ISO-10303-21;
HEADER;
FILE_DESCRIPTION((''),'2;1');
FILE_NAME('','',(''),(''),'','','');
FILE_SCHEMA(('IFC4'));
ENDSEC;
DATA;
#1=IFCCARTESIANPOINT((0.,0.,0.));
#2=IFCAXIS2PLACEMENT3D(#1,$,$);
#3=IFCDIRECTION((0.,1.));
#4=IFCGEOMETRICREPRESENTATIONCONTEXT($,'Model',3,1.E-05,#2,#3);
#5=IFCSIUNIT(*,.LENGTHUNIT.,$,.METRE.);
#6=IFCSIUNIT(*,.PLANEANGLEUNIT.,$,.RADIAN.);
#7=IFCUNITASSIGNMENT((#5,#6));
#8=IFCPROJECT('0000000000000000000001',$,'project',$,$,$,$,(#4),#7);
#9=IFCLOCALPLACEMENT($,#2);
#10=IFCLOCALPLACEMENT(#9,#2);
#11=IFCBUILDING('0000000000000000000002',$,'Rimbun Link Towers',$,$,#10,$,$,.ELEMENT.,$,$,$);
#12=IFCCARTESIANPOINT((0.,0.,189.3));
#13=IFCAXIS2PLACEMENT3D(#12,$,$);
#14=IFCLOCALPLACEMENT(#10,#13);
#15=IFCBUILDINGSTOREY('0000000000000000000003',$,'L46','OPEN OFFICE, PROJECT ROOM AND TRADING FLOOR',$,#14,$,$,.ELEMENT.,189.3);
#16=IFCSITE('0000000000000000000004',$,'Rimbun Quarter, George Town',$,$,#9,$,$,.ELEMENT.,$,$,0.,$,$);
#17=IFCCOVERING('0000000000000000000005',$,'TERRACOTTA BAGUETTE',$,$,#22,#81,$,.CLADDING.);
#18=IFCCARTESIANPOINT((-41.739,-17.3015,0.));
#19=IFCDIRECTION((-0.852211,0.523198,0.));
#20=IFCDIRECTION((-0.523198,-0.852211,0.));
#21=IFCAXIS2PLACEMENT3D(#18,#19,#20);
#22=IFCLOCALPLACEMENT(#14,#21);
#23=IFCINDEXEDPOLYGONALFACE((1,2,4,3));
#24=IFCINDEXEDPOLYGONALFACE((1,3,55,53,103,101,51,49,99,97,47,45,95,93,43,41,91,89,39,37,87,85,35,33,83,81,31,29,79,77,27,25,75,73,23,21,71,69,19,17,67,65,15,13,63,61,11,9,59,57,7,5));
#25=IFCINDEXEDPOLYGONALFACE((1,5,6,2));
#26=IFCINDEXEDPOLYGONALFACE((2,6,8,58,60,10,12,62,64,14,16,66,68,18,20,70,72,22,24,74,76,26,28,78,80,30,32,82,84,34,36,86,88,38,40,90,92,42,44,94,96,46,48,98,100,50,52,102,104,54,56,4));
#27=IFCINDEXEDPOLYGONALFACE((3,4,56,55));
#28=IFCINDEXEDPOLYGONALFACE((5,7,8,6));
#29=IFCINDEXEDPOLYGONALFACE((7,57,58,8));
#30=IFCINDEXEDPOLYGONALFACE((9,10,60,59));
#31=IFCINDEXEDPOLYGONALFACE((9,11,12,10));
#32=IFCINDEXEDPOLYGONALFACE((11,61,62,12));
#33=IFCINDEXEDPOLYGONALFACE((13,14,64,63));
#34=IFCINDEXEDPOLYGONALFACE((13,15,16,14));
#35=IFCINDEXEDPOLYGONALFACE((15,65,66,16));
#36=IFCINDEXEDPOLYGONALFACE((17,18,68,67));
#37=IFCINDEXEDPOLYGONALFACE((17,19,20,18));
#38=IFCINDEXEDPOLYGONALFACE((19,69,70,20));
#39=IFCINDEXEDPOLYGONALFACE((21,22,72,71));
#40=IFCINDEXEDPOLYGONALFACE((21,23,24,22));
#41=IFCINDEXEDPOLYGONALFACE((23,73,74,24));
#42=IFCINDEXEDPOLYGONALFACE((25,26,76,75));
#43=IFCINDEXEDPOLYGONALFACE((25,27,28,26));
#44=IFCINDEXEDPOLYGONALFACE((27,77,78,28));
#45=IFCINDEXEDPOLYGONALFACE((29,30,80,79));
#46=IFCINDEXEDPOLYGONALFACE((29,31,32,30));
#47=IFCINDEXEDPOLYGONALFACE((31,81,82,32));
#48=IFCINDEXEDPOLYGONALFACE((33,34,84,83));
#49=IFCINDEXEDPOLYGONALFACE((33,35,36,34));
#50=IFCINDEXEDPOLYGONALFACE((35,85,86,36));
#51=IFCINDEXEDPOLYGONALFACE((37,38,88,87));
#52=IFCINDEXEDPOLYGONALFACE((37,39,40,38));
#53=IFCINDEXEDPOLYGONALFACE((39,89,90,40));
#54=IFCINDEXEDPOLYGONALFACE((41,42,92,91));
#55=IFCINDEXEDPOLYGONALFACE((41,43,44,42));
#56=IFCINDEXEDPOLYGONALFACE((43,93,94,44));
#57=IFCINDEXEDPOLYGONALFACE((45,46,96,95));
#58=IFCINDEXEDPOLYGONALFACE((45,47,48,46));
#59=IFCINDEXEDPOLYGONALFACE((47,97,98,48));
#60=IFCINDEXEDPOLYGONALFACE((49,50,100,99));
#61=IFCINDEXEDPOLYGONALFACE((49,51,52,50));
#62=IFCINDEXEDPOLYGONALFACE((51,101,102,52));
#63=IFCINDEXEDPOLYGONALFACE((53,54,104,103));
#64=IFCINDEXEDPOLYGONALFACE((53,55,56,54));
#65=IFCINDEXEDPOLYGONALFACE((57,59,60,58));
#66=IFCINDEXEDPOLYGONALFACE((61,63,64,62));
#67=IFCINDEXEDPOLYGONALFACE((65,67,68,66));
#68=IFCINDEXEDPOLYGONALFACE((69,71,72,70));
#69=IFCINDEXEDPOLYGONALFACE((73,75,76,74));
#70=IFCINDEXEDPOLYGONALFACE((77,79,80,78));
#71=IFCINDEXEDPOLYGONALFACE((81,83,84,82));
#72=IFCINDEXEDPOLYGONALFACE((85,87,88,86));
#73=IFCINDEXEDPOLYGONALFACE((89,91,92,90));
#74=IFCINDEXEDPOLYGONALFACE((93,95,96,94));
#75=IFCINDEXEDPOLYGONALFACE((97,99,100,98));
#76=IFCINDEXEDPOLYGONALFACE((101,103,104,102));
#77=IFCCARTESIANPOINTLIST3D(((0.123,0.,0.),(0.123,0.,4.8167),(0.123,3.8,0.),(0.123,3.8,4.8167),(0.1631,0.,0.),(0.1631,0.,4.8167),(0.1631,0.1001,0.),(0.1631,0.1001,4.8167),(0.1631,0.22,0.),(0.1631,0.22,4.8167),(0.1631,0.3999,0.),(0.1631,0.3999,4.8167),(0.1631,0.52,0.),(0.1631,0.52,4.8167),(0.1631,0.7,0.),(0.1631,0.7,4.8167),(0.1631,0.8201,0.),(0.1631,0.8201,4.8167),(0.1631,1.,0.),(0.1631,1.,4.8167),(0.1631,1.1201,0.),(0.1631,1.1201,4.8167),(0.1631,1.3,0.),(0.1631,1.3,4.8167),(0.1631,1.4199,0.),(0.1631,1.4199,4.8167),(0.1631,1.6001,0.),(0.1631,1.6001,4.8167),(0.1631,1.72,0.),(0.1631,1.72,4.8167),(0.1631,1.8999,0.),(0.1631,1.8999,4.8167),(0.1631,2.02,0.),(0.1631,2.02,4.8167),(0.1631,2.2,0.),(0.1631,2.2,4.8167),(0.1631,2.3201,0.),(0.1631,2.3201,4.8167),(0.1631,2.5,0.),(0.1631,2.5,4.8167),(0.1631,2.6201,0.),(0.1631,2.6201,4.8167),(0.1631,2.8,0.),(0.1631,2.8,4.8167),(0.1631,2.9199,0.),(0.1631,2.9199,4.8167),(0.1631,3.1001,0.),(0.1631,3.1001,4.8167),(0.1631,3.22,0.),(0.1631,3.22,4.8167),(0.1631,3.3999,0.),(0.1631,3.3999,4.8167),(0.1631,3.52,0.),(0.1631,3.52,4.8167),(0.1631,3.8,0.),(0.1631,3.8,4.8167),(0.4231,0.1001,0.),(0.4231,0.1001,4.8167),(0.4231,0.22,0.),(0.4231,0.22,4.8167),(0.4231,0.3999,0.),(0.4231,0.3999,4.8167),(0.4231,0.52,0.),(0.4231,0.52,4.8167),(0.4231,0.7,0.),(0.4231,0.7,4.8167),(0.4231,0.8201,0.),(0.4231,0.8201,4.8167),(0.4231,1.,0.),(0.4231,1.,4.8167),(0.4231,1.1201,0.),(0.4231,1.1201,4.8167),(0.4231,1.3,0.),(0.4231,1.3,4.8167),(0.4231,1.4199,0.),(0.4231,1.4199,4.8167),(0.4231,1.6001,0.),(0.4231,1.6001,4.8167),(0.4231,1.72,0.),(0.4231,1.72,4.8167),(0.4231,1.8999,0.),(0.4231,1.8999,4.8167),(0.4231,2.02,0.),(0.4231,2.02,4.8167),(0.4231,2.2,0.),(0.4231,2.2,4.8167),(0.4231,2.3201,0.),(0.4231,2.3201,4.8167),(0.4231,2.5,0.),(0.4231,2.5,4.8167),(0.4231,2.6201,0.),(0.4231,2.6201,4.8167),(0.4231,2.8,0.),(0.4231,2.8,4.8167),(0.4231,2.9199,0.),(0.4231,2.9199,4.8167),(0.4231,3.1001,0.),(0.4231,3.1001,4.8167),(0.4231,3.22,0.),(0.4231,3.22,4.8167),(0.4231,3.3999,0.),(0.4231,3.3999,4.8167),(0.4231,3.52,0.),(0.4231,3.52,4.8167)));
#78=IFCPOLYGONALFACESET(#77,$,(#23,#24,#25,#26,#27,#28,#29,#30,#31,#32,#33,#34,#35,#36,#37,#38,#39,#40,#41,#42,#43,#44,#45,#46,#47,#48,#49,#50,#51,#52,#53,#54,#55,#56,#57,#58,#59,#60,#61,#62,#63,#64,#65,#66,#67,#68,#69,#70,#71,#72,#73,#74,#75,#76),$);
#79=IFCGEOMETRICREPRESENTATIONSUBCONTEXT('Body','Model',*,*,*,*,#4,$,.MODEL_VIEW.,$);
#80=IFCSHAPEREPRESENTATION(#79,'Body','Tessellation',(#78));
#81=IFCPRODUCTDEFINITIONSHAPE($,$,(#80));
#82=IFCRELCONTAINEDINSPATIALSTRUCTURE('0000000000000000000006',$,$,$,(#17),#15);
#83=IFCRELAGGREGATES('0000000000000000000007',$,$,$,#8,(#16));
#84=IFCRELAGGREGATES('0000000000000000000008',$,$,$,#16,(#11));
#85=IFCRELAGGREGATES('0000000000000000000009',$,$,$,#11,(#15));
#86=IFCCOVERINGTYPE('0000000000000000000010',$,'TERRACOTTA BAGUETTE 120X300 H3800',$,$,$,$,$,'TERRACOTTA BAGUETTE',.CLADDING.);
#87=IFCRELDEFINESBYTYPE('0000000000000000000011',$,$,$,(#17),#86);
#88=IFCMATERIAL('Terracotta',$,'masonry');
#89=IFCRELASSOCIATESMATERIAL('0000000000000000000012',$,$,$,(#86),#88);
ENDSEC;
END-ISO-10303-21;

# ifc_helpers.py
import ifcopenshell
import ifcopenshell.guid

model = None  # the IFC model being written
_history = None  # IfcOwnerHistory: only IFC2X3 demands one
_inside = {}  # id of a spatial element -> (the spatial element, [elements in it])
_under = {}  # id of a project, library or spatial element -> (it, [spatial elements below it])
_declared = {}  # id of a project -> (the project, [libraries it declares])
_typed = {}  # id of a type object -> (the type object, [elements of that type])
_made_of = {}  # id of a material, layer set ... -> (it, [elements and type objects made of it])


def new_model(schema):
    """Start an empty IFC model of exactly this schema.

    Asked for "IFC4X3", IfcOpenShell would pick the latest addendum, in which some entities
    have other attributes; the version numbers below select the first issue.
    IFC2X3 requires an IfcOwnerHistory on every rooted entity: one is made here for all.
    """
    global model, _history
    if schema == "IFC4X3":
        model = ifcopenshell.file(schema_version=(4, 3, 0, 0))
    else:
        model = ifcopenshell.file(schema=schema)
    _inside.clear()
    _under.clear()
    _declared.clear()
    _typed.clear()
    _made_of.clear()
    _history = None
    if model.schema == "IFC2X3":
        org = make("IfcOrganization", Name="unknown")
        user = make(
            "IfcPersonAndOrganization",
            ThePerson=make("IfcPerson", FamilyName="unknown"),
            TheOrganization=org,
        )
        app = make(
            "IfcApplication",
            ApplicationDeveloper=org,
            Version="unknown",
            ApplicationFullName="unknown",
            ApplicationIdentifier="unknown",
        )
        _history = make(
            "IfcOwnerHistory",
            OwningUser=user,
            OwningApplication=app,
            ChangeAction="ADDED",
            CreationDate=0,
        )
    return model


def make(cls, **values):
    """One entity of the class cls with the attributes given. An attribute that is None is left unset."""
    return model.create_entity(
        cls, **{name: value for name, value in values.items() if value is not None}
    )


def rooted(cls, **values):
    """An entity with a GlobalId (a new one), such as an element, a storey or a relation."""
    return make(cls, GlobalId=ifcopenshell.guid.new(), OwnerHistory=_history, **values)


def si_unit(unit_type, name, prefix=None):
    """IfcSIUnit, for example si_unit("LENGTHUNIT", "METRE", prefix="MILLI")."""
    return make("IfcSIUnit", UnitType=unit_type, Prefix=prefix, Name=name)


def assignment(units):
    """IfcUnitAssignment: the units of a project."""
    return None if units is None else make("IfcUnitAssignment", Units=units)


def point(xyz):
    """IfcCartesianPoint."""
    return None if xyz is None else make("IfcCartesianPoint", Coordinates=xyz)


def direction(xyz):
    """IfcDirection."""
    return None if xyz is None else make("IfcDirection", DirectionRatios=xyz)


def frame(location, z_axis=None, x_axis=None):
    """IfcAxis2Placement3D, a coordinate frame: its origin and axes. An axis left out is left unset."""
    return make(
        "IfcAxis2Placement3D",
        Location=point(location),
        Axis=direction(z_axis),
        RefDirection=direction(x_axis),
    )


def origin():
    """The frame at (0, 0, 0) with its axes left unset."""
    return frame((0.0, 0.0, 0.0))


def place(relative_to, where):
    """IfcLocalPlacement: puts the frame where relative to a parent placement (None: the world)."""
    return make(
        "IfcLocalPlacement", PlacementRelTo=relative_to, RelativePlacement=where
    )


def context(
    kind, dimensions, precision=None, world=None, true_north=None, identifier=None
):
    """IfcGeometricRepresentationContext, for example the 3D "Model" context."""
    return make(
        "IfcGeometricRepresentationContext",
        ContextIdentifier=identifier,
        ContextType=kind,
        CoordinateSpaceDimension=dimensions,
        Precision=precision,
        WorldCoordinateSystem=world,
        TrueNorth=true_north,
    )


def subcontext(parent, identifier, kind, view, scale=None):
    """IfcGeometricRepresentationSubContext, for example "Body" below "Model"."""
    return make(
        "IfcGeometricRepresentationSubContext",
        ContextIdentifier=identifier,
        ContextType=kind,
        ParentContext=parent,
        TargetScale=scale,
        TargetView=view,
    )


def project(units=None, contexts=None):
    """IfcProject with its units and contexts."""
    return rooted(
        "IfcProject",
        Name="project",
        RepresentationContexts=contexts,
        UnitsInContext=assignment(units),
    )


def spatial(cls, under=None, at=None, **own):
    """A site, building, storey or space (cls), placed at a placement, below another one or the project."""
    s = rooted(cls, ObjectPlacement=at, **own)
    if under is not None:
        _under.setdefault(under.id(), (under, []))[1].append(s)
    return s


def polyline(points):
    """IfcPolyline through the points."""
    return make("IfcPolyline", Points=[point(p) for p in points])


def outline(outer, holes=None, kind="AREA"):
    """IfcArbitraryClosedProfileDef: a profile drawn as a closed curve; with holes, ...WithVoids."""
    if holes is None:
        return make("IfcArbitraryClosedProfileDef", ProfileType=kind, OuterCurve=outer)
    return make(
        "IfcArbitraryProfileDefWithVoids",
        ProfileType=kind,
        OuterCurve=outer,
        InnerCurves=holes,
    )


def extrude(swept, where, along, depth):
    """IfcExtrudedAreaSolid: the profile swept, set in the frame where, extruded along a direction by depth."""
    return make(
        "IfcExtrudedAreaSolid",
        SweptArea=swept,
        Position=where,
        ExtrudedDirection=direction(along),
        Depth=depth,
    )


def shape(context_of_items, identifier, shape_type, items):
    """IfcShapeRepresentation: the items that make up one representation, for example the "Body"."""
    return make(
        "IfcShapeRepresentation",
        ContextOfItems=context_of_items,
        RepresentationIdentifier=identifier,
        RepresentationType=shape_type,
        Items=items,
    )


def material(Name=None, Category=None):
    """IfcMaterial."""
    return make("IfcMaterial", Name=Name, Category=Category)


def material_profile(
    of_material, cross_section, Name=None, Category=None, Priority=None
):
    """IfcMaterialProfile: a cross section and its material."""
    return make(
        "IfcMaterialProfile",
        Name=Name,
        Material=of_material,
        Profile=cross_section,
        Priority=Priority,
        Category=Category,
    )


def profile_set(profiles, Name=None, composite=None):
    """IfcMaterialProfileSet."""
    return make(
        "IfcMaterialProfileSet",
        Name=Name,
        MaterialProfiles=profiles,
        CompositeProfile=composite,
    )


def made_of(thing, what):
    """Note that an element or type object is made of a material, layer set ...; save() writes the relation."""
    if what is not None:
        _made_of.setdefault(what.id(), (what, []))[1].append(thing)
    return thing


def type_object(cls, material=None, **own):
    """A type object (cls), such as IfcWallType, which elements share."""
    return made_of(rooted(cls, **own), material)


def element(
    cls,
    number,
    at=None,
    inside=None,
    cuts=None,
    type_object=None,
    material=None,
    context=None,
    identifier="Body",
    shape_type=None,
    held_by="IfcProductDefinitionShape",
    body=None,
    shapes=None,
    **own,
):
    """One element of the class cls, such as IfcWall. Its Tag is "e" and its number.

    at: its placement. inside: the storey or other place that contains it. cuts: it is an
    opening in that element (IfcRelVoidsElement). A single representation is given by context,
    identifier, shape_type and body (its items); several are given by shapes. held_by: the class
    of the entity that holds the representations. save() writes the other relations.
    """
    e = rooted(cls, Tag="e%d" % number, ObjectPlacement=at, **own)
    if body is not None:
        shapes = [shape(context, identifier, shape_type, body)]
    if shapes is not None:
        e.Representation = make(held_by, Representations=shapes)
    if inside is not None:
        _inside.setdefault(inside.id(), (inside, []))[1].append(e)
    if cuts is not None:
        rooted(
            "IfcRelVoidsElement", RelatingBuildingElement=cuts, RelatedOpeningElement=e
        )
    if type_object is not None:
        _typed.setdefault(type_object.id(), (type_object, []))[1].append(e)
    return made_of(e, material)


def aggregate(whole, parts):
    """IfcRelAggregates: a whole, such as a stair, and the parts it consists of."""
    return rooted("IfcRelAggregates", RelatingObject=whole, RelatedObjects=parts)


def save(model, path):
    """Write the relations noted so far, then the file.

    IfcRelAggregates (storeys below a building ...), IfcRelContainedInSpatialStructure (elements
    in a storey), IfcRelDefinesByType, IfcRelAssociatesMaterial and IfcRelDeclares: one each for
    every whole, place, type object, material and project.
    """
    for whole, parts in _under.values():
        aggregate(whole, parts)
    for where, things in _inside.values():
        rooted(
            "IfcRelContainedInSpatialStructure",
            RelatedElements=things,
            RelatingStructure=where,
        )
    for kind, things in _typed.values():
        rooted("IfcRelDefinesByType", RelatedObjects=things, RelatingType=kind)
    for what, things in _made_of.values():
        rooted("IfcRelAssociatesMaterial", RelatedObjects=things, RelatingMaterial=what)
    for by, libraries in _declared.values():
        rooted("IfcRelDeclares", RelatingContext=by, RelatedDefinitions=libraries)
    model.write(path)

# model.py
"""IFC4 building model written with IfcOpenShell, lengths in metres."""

from ifc_helpers import new_model, si_unit, direction, frame, origin, place, context, subcontext, project, spatial, polyline, outline, extrude, material, material_profile, profile_set, type_object, element, save


model = new_model("IFC4")

# Units and contexts
model_context = context("Model", 3, precision=1e-05, world=origin(), true_north=direction((0.0, 1.0)))
body_context = subcontext(model_context, "Body", "Model", "MODEL_VIEW")
ifc_project = project(units=[si_unit("LENGTHUNIT", "METRE"), si_unit("PLANEANGLEUNIT", "RADIAN")], contexts=[model_context])

# Site, building, storey
site_placement = place(None, origin())
site = spatial("IfcSite", under=ifc_project, at=site_placement, Name="Rimbun Quarter, George Town", CompositionType="ELEMENT", RefElevation=0.0)
building_placement = place(site_placement, origin())
building = spatial("IfcBuilding", under=site, at=building_placement, Name="Rimbun Link Towers", CompositionType="ELEMENT")
storey_placement = place(building_placement, frame((0.0, 0.0, 189.3)))
storey = spatial("IfcBuildingStorey", under=building, at=storey_placement, Name="L46", Description="OPEN OFFICE, PROJECT ROOM AND TRADING FLOOR", CompositionType="ELEMENT", Elevation=189.3)

# Covering
ifc_material_1 = material(Name="Terracotta", Category="masonry")
ifc_material_profile_1 = material_profile(ifc_material_1, outline(polyline([(0.123, 0.0), (0.1631, 0.0), (0.1631, 0.1001), (0.4231, 0.1001), (0.4231, 0.22), (0.1631, 0.22), (0.1631, 0.3999), (0.4231, 0.3999), (0.4231, 0.52), (0.1631, 0.52), (0.1631, 0.7), (0.4231, 0.7), (0.4231, 0.8201), (0.1631, 0.8201), (0.1631, 1.0), (0.4231, 1.0), (0.4231, 1.1201), (0.1631, 1.1201), (0.1631, 1.3), (0.4231, 1.3), (0.4231, 1.4199), (0.1631, 1.4199), (0.1631, 1.6001), (0.4231, 1.6001), (0.4231, 1.72), (0.1631, 1.72), (0.1631, 1.8999), (0.4231, 1.8999), (0.4231, 2.02), (0.1631, 2.02), (0.1631, 2.2), (0.4231, 2.2), (0.4231, 2.3201), (0.1631, 2.3201), (0.1631, 2.5), (0.4231, 2.5), (0.4231, 2.6201), (0.1631, 2.6201), (0.1631, 2.8), (0.4231, 2.8), (0.4231, 2.9199), (0.1631, 2.9199), (0.1631, 3.1001), (0.4231, 3.1001), (0.4231, 3.22), (0.1631, 3.22), (0.1631, 3.3999), (0.4231, 3.3999), (0.4231, 3.52), (0.1631, 3.52), (0.1631, 3.8), (0.123, 3.8), (0.123, 0.0)])), Name="BAGUETTE 120X300")
ifc_profile_set_1 = profile_set([ifc_material_profile_1], Name="Terracotta")
covering_type = type_object("IfcCoveringType", Name="TERRACOTTA BAGUETTE 120X300 H3800", ElementType="TERRACOTTA BAGUETTE", PredefinedType="CLADDING", material=ifc_profile_set_1)
covering_1_placement = place(storey_placement, frame((-41.739, -17.3015, 0.0), z_axis=(-0.852211, 0.523198, 0.0), x_axis=(-0.523198, -0.852211, 0.0)))
element("IfcCovering", 1, at=covering_1_placement, inside=storey, type_object=covering_type, Name="TERRACOTTA BAGUETTE", PredefinedType="CLADDING", context=body_context, shape_type="SweptSolid", body=[
    extrude(outline(polyline([(0.123, 0.0), (0.1631, 0.0), (0.1631, 0.1001), (0.4231, 0.1001), (0.4231, 0.22), (0.1631, 0.22), (0.1631, 0.3999), (0.4231, 0.3999), (0.4231, 0.52), (0.1631, 0.52), (0.1631, 0.7), (0.4231, 0.7), (0.4231, 0.8201), (0.1631, 0.8201), (0.1631, 1.0), (0.4231, 1.0), (0.4231, 1.1201), (0.1631, 1.1201), (0.1631, 1.3), (0.4231, 1.3), (0.4231, 1.4199), (0.1631, 1.4199), (0.1631, 1.6001), (0.4231, 1.6001), (0.4231, 1.72), (0.1631, 1.72), (0.1631, 1.8999), (0.4231, 1.8999), (0.4231, 2.02), (0.1631, 2.02), (0.1631, 2.2), (0.4231, 2.2), (0.4231, 2.3201), (0.1631, 2.3201), (0.1631, 2.5), (0.4231, 2.5), (0.4231, 2.6201), (0.1631, 2.6201), (0.1631, 2.8), (0.4231, 2.8), (0.4231, 2.9199), (0.1631, 2.9199), (0.1631, 3.1001), (0.4231, 3.1001), (0.4231, 3.22), (0.1631, 3.22), (0.1631, 3.3999), (0.4231, 3.3999), (0.4231, 3.52), (0.1631, 3.52), (0.1631, 3.8), (0.123, 3.8), (0.123, 0.0)])), origin(), (0.0, 0.0, 1.0), 4.8167),
])

save(model, "model.ifc")
